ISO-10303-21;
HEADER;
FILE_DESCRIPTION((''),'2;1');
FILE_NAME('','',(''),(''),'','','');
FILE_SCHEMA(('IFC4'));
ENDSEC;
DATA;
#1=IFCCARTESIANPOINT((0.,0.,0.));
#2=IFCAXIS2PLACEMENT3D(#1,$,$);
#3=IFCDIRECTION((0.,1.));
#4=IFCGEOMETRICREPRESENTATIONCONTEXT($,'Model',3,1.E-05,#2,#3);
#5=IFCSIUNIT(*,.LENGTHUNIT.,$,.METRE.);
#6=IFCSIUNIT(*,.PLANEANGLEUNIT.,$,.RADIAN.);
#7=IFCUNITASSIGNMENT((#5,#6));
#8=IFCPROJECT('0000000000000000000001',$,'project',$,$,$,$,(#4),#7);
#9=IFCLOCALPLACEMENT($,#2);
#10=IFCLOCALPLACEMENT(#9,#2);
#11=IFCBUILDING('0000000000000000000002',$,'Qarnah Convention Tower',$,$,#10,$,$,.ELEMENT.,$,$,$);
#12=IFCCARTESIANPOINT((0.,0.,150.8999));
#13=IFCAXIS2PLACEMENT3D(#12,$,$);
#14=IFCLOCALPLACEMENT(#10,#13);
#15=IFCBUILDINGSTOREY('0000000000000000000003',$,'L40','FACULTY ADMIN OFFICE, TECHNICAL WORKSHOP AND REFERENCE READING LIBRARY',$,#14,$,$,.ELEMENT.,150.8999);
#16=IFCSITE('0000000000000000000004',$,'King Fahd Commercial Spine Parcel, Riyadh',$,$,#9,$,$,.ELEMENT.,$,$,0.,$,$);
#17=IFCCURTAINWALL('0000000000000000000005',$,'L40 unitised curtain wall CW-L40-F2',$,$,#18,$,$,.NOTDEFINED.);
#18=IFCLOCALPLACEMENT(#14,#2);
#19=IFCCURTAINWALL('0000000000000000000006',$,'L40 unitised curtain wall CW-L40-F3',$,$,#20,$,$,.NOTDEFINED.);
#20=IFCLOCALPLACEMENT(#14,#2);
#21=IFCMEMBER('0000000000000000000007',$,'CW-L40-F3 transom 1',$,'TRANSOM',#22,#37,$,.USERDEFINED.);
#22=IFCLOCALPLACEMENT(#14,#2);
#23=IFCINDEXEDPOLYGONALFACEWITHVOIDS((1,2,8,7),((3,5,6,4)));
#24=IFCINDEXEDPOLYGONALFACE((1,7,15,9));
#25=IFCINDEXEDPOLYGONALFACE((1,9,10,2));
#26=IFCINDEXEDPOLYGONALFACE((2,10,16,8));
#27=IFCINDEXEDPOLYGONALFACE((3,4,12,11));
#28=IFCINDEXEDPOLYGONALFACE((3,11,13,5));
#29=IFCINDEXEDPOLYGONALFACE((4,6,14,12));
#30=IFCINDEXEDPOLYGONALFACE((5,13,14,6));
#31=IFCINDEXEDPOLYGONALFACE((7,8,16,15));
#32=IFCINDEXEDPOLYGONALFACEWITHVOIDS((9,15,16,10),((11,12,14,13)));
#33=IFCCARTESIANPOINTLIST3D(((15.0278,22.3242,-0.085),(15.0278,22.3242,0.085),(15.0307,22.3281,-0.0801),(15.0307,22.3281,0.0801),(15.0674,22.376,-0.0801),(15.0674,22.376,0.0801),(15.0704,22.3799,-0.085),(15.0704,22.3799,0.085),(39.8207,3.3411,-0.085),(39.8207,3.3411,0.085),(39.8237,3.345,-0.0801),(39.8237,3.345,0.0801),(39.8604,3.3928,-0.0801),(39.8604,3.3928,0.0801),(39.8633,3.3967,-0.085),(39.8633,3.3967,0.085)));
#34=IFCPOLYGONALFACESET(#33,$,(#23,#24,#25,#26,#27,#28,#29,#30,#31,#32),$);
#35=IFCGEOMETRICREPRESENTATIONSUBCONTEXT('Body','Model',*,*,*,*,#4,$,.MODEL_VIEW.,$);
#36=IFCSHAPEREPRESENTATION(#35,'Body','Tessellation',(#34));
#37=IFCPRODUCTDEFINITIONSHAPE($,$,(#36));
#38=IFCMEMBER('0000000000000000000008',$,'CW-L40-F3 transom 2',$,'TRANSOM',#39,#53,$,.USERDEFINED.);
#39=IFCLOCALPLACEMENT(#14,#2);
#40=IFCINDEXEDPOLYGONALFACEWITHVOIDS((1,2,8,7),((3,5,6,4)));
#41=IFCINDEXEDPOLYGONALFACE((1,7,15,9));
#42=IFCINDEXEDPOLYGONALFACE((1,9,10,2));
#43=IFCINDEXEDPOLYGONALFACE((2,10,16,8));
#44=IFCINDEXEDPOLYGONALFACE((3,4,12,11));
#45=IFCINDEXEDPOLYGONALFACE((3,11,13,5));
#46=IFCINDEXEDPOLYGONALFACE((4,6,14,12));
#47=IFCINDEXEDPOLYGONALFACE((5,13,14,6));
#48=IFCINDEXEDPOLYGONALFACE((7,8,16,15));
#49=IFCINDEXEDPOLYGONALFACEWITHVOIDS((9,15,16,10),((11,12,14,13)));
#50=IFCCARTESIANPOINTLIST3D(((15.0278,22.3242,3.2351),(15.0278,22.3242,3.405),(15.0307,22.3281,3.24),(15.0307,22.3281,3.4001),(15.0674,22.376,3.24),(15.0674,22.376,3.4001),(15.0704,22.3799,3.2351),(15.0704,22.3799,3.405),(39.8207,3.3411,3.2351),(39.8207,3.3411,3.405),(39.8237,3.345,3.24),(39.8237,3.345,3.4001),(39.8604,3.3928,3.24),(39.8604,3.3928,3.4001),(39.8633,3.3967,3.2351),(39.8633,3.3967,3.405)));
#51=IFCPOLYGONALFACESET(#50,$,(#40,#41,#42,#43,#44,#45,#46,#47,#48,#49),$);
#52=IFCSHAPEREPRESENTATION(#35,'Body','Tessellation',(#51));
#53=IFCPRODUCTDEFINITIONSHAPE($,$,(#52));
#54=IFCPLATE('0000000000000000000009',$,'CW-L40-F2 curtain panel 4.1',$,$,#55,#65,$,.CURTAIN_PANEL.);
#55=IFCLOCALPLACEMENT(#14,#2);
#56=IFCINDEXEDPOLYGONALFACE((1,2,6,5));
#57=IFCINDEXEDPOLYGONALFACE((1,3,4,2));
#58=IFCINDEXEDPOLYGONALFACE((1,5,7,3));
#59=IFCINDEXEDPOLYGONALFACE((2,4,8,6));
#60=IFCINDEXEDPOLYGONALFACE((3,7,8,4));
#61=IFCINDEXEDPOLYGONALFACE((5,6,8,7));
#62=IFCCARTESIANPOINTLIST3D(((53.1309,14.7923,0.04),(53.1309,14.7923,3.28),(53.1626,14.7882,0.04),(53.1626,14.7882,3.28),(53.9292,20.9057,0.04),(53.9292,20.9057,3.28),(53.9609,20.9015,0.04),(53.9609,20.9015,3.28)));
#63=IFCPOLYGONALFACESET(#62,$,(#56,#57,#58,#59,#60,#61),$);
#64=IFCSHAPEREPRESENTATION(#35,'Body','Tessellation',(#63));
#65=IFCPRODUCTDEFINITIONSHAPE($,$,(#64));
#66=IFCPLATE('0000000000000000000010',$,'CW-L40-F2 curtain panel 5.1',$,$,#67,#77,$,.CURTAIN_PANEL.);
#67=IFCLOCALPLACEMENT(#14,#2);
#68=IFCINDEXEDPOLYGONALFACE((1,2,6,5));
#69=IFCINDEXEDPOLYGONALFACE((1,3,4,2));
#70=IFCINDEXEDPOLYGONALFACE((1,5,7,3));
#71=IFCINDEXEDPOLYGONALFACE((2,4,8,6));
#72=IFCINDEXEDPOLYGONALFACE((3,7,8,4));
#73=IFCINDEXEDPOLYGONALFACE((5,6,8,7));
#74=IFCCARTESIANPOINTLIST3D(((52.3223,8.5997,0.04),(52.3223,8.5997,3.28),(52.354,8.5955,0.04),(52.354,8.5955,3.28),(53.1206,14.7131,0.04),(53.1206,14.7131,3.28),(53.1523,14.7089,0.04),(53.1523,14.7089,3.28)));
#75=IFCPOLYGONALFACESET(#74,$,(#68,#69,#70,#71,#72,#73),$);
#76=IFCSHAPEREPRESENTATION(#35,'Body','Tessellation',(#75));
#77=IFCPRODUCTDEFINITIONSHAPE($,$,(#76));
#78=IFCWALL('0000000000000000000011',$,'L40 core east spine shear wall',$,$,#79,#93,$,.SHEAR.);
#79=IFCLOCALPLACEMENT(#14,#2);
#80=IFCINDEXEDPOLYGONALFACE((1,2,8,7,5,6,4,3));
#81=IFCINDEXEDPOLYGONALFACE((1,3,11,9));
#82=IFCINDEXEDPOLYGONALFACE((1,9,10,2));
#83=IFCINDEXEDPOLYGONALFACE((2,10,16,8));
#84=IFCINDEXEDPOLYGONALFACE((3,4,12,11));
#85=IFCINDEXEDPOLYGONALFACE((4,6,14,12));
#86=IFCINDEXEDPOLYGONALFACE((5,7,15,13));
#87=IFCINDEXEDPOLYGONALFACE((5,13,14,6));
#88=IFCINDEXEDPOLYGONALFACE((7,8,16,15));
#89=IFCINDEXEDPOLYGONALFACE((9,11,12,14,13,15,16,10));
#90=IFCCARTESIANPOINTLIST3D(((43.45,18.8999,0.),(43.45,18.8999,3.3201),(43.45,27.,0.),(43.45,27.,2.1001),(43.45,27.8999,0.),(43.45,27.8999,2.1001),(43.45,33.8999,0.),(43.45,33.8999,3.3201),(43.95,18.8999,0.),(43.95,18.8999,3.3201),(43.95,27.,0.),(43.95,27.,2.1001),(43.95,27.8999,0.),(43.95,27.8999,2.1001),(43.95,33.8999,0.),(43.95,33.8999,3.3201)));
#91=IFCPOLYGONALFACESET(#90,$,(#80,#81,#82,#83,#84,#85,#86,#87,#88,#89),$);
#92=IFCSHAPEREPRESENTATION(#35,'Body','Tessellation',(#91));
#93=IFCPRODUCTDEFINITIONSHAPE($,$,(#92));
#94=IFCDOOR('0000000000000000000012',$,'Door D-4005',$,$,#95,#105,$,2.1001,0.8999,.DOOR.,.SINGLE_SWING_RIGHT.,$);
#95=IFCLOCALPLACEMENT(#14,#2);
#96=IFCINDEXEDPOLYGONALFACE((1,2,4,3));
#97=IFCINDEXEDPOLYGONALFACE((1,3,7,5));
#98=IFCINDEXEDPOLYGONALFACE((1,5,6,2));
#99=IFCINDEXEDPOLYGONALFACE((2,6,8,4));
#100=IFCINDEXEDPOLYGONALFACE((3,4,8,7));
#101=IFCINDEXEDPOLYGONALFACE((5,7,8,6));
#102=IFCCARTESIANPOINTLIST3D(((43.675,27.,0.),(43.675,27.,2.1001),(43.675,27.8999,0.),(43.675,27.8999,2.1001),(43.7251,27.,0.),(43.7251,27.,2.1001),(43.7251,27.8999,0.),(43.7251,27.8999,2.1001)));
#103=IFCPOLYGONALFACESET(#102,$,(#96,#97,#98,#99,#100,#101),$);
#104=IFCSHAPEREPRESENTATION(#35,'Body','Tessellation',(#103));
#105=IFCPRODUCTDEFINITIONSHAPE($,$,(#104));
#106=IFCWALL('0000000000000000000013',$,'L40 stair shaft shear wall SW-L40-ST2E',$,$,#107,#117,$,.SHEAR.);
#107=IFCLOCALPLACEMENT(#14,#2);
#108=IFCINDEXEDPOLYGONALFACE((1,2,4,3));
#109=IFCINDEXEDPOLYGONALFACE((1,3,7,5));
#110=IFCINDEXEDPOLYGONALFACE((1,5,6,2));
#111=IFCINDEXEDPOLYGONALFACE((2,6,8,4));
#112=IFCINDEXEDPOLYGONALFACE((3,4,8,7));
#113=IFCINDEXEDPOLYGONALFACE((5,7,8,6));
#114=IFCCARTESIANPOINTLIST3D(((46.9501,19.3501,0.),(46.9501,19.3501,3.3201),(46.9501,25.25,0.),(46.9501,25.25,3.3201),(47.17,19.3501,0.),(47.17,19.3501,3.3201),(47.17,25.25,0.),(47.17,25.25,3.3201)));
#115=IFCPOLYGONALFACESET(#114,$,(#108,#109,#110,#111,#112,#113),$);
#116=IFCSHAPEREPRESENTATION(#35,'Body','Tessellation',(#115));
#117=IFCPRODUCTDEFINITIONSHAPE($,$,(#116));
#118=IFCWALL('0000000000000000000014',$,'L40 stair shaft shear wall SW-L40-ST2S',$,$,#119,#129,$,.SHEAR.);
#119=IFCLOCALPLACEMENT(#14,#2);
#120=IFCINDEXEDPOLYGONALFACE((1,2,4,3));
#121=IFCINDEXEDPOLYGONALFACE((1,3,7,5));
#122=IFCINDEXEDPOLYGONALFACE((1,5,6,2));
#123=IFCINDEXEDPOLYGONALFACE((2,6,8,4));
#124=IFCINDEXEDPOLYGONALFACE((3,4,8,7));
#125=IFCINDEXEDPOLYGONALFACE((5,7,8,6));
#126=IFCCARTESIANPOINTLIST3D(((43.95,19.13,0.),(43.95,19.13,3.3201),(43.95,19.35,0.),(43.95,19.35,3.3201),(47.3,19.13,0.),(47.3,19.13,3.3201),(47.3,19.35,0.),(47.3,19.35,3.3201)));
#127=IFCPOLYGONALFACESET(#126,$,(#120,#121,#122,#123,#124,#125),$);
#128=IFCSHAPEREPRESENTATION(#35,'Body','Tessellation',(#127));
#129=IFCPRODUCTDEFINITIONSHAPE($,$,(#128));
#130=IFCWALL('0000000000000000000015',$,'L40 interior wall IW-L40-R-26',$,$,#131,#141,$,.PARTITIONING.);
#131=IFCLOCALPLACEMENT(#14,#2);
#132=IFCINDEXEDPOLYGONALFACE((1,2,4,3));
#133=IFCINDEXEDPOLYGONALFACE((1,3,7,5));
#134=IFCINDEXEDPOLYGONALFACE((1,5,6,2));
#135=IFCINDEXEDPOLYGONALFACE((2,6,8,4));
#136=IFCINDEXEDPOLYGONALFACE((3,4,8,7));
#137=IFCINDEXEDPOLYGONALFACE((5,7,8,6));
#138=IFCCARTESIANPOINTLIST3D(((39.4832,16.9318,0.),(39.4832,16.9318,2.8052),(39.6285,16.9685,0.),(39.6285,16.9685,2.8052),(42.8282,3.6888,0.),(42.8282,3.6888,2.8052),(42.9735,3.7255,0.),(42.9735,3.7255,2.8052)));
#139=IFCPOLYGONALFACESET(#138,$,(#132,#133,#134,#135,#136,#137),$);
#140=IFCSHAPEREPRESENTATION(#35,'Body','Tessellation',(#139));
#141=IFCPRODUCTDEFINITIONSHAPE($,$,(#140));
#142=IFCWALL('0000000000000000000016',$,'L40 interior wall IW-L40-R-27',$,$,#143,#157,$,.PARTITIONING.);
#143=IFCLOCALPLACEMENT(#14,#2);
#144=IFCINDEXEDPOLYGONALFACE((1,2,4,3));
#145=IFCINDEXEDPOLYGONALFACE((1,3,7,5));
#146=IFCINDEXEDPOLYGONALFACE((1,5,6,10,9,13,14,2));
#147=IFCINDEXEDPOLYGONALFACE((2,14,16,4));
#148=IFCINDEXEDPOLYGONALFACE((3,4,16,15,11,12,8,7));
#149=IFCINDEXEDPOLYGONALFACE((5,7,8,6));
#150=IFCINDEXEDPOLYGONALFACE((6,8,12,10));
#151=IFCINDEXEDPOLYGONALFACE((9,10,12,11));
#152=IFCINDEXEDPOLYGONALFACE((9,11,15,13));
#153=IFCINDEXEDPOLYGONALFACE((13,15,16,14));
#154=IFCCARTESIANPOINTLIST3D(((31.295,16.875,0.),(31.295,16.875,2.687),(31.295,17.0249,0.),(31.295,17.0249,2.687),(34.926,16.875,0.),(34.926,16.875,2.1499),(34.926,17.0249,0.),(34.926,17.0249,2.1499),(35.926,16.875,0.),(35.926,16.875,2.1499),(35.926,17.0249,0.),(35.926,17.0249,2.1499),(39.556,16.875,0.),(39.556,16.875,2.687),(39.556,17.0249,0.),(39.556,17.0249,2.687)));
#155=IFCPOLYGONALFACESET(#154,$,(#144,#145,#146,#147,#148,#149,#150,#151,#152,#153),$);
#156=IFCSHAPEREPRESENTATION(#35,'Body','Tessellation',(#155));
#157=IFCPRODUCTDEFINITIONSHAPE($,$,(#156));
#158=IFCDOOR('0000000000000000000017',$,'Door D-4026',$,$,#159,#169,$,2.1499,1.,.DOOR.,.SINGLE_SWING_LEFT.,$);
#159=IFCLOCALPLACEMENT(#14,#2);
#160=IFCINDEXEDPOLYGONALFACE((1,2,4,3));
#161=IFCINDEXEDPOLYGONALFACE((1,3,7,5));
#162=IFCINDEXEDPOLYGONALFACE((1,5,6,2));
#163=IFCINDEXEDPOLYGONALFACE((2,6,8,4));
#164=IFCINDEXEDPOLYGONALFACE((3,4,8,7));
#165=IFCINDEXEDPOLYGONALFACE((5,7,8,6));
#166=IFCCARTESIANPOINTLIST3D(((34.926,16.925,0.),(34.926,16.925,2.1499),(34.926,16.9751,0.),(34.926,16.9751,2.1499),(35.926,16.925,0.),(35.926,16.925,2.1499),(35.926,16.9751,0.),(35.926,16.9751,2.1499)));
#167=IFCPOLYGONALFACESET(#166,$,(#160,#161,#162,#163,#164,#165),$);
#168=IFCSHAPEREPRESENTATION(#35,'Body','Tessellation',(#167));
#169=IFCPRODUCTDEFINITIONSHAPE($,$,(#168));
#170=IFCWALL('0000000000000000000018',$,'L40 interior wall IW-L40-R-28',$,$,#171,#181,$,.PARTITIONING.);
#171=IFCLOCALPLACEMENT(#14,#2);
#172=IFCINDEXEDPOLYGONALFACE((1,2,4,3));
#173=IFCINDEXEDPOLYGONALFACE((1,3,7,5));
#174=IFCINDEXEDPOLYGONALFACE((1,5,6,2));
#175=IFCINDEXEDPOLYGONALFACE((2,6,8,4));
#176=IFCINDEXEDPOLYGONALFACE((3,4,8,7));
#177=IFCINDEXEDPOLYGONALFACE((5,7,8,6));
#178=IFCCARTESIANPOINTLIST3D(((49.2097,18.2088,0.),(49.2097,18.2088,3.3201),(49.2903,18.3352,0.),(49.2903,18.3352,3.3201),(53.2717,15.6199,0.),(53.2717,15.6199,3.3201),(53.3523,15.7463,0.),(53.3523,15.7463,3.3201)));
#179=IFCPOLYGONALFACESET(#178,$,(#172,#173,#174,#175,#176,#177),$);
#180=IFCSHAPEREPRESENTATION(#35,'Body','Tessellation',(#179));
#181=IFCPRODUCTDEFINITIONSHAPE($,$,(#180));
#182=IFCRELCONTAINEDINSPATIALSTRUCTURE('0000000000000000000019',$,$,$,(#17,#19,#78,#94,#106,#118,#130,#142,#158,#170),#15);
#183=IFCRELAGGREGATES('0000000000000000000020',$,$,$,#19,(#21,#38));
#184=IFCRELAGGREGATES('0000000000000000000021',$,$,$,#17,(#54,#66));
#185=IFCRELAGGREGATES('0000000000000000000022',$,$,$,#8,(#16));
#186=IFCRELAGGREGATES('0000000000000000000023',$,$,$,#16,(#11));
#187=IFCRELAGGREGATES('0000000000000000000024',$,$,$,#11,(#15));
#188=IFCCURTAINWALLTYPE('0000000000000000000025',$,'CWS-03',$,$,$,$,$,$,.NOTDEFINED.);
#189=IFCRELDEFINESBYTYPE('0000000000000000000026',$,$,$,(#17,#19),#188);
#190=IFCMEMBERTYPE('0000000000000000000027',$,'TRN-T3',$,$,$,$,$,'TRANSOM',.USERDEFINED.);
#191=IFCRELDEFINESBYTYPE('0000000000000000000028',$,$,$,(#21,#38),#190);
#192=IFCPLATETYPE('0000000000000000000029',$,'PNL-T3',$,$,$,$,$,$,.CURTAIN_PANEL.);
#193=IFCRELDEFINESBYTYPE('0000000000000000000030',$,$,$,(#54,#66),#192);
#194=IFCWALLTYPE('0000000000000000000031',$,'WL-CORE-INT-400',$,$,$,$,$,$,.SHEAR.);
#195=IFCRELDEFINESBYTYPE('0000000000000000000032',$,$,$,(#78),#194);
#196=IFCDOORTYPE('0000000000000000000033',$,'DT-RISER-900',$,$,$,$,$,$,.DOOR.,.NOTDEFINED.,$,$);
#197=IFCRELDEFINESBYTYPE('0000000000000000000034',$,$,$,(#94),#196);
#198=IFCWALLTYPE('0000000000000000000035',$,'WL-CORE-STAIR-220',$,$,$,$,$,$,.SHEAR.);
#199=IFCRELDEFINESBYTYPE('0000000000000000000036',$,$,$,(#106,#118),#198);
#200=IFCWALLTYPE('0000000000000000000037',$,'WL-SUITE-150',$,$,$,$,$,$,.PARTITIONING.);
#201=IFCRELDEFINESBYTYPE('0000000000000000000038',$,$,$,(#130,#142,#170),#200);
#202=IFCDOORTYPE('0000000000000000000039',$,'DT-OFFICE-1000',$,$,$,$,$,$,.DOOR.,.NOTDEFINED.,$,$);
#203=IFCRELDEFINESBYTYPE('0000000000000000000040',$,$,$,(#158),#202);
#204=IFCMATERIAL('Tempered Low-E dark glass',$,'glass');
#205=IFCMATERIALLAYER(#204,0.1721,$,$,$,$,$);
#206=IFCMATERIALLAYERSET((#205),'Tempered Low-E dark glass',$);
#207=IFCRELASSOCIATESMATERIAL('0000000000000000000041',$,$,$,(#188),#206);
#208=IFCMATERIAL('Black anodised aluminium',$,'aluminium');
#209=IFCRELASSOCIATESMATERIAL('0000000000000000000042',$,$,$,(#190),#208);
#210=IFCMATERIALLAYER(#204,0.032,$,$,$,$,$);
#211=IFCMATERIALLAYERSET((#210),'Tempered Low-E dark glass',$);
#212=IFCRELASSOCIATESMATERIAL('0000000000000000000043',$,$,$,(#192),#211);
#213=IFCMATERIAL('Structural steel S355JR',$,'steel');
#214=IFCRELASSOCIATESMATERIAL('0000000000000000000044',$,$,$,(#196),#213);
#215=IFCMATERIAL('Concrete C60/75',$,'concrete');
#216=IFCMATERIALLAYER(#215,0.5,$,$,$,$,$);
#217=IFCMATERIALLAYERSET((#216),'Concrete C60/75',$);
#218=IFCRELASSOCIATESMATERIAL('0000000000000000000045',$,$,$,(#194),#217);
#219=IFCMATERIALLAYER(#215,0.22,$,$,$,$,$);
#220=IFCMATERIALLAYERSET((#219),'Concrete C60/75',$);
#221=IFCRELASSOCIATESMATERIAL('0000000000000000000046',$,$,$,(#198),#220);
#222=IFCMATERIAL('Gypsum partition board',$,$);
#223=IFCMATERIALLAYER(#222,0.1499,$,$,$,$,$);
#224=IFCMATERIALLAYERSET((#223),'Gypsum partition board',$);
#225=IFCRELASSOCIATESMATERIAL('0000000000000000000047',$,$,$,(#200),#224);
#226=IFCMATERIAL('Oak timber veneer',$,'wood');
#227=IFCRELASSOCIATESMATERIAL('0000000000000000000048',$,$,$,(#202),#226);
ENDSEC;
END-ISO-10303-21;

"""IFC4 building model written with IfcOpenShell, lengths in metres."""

from ifc_helpers import new_model, si_unit, direction, frame, frame_2d, origin, origin_2d, place, context, subcontext, project, spatial, rectangle, hollow_rectangle, extrude, material, layer, layer_set, material_profile, profile_set, type_object, element, fill, aggregate, save


model = new_model("IFC4")

# Units and contexts
model_context = context("Model", 3, precision=1e-05, world=origin(), true_north=direction((0.0, 1.0)))
body_context = subcontext(model_context, "Body", "Model", "MODEL_VIEW")
ifc_project = project(units=[si_unit("LENGTHUNIT", "METRE"), si_unit("PLANEANGLEUNIT", "RADIAN")], contexts=[model_context])

# Site, building, storey
site_placement = place(None, origin())
site = spatial("IfcSite", under=ifc_project, at=site_placement, Name="King Fahd Commercial Spine Parcel, Riyadh", CompositionType="ELEMENT", RefElevation=0.0)
building_placement = place(site_placement, origin())
building = spatial("IfcBuilding", under=site, at=building_placement, Name="Qarnah Convention Tower", CompositionType="ELEMENT")
storey_placement = place(building_placement, frame((0.0, 0.0, 150.8999)))
storey = spatial("IfcBuildingStorey", under=building, at=storey_placement, Name="L40", Description="FACULTY ADMIN OFFICE, TECHNICAL WORKSHOP AND REFERENCE READING LIBRARY", CompositionType="ELEMENT", Elevation=150.8999)

# Shared definitions
ifc_material_1 = material(Name="Concrete C60/75", Category="concrete")

# Shared definitions
ifc_material_2 = material(Name="Structural steel S355JR", Category="steel")

# Curtain walls, members
ifc_material_3 = material(Name="Tempered Low-E dark glass", Category="glass")
ifc_layer_1 = layer(ifc_material_3, 0.1721)
ifc_layer_set_1 = layer_set([ifc_layer_1], Name="Tempered Low-E dark glass")
curtain_wall_type = type_object("IfcCurtainWallType", Name="CWS-03", PredefinedType="NOTDEFINED", material=ifc_layer_set_1)
curtain_wall_1_placement = place(storey_placement, origin())
curtain_wall_1 = element("IfcCurtainWall", 1, at=curtain_wall_1_placement, inside=storey, type_object=curtain_wall_type, Name="L40 unitised curtain wall CW-L40-F2", PredefinedType="NOTDEFINED")
ifc_material_4 = material(Name="Black anodised aluminium", Category="aluminium")
curtain_wall_2_placement = place(storey_placement, origin())
curtain_wall_2 = element("IfcCurtainWall", 2, at=curtain_wall_2_placement, inside=storey, type_object=curtain_wall_type, Name="L40 unitised curtain wall CW-L40-F3", PredefinedType="NOTDEFINED")
ifc_material_profile_1 = material_profile(ifc_material_4, hollow_rectangle(XDim=0.0701, YDim=0.1699, WallThickness=0.0049, at=origin_2d()), Name="TRN-70X170")
ifc_profile_set_1 = profile_set([ifc_material_profile_1], Name="Black anodised aluminium")
member_type_1 = type_object("IfcMemberType", Name="TRN-T3", ElementType="TRANSOM", PredefinedType="USERDEFINED", material=ifc_profile_set_1)
member_1_placement = place(storey_placement, frame((39.842, 3.3689, 0.0), z_axis=(-0.79399, 0.607931, 0.0), x_axis=(-0.607931, -0.79399, 0.0)))
member_1 = element("IfcMember", 3, at=member_1_placement, type_object=member_type_1, Name="CW-L40-F3 transom 1", ObjectType="TRANSOM", PredefinedType="USERDEFINED", context=body_context, shape_type="SweptSolid", body=[
    extrude(hollow_rectangle(XDim=0.0701, YDim=0.1699, WallThickness=0.0049, at=origin_2d()), origin(), (0.0, 0.0, 1.0), 31.2258),
])
member_2_placement = place(storey_placement, frame((39.842, 3.3689, 3.3201), z_axis=(-0.79399, 0.607931, 0.0), x_axis=(-0.607931, -0.79399, 0.0)))
member_2 = element("IfcMember", 4, at=member_2_placement, type_object=member_type_1, Name="CW-L40-F3 transom 2", ObjectType="TRANSOM", PredefinedType="USERDEFINED", context=body_context, shape_type="SweptSolid", body=[
    extrude(hollow_rectangle(XDim=0.0701, YDim=0.1699, WallThickness=0.0049, at=origin_2d()), origin(), (0.0, 0.0, 1.0), 31.2258),
])
aggregate(curtain_wall_2, [member_1, member_2])

# Plates
ifc_layer_2 = layer(ifc_material_3, 0.032)
ifc_layer_set_2 = layer_set([ifc_layer_2], Name="Tempered Low-E dark glass")
plate_type = type_object("IfcPlateType", Name="PNL-T3", PredefinedType="CURTAIN_PANEL", material=ifc_layer_set_2)
plate_1_placement = place(storey_placement, frame((53.5459, 17.8469, 0.04), z_axis=(0.0, 0.0, 1.0), x_axis=(-0.129476, -0.991583, 0.0)))
plate_1 = element("IfcPlate", 5, at=plate_1_placement, type_object=plate_type, Name="CW-L40-F2 curtain panel 4.1", PredefinedType="CURTAIN_PANEL", context=body_context, shape_type="SweptSolid", body=[
    extrude(rectangle(XDim=6.1653, YDim=0.032, at=origin_2d()), origin(), (0.0, 0.0, 1.0), 3.24),
])
plate_2_placement = place(storey_placement, frame((52.7373, 11.6543, 0.04), z_axis=(0.0, 0.0, 1.0), x_axis=(-0.129476, -0.991583, 0.0)))
plate_2 = element("IfcPlate", 6, at=plate_2_placement, type_object=plate_type, Name="CW-L40-F2 curtain panel 5.1", PredefinedType="CURTAIN_PANEL", context=body_context, shape_type="SweptSolid", body=[
    extrude(rectangle(XDim=6.1653, YDim=0.032, at=origin_2d()), origin(), (0.0, 0.0, 1.0), 3.24),
])
aggregate(curtain_wall_1, [plate_1, plate_2])

# Shared definitions
door_type_1 = type_object("IfcDoorType", Name="DT-RISER-900", OperationType="NOTDEFINED", PredefinedType="DOOR", material=ifc_material_2)

# Wall, opening, door
ifc_layer_3 = layer(ifc_material_1, 0.5)
ifc_layer_set_3 = layer_set([ifc_layer_3], Name="Concrete C60/75")
wall_type_1 = type_object("IfcWallType", Name="WL-CORE-INT-400", PredefinedType="SHEAR", material=ifc_layer_set_3)
wall_1_placement = place(storey_placement, frame((43.7, 18.8999, 0.0), z_axis=(0.0, 0.0, 1.0), x_axis=(0.0, 1.0, 0.0)))
wall_1 = element("IfcWall", 7, at=wall_1_placement, inside=storey, type_object=wall_type_1, Name="L40 core east spine shear wall", PredefinedType="SHEAR", context=body_context, shape_type="SweptSolid", body=[
    extrude(rectangle(XDim=15.0, YDim=0.5, at=frame_2d((7.5, 0.0))), origin(), (0.0, 0.0, 1.0), 3.3201),
])
opening_1_placement = place(wall_1_placement, frame((8.1001, 0.0, 0.0)))
opening_1 = element("IfcOpeningElement", 8, at=opening_1_placement, cuts=wall_1, PredefinedType="OPENING", context=body_context, shape_type="SweptSolid", body=[
    extrude(rectangle(XDim=0.8999, YDim=2.1001, at=frame_2d((0.45, 1.05))), frame((0.0, 0.26, 0.0), z_axis=(0.0, -1.0, 0.0), x_axis=(1.0, 0.0, 0.0)), (0.0, 0.0, 1.0), 0.52),
])
door_1_placement = place(opening_1_placement, origin())
door_1 = element("IfcDoor", 9, at=door_1_placement, inside=storey, type_object=door_type_1, Name="Door D-4005", OperationType="SINGLE_SWING_RIGHT", OverallHeight=2.1001, OverallWidth=0.8999, PredefinedType="DOOR", context=body_context, shape_type="SweptSolid", body=[
    extrude(rectangle(XDim=0.8999, YDim=2.1001, at=frame_2d((0.45, 1.05))), frame((0.0, 0.0249, 0.0), z_axis=(0.0, -1.0, 0.0), x_axis=(1.0, 0.0, 0.0)), (0.0, 0.0, 1.0), 0.05),
])
fill(opening_1, door_1)

# Walls
ifc_layer_4 = layer(ifc_material_1, 0.22)
ifc_layer_set_4 = layer_set([ifc_layer_4], Name="Concrete C60/75")
wall_type_2 = type_object("IfcWallType", Name="WL-CORE-STAIR-220", PredefinedType="SHEAR", material=ifc_layer_set_4)
wall_2_placement = place(storey_placement, frame((47.0601, 19.3501, 0.0), z_axis=(0.0, 0.0, 1.0), x_axis=(0.0, 1.0, 0.0)))
element("IfcWall", 10, at=wall_2_placement, inside=storey, type_object=wall_type_2, Name="L40 stair shaft shear wall SW-L40-ST2E", PredefinedType="SHEAR", context=body_context, shape_type="SweptSolid", body=[
    extrude(rectangle(XDim=5.8999, YDim=0.22, at=frame_2d((2.95, 0.0))), origin(), (0.0, 0.0, 1.0), 3.3201),
])
wall_3_placement = place(storey_placement, frame((43.95, 19.24, 0.0), z_axis=(0.0, 0.0, 1.0), x_axis=(1.0, 0.0, 0.0)))
element("IfcWall", 11, at=wall_3_placement, inside=storey, type_object=wall_type_2, Name="L40 stair shaft shear wall SW-L40-ST2S", PredefinedType="SHEAR", context=body_context, shape_type="SweptSolid", body=[
    extrude(rectangle(XDim=3.3501, YDim=0.22, at=frame_2d((1.675, 0.0))), origin(), (0.0, 0.0, 1.0), 3.3201),
])

# Wall
ifc_material_5 = material(Name="Gypsum partition board")
ifc_layer_5 = layer(ifc_material_5, 0.1499)
ifc_layer_set_5 = layer_set([ifc_layer_5], Name="Gypsum partition board")
wall_type_3 = type_object("IfcWallType", Name="WL-SUITE-150", PredefinedType="PARTITIONING", material=ifc_layer_set_5)
wall_4_placement = place(storey_placement, frame((42.9009, 3.707, 0.0), z_axis=(0.0, 0.0, 1.0), x_axis=(-0.244894, 0.96955, 0.0)))
element("IfcWall", 12, at=wall_4_placement, inside=storey, type_object=wall_type_3, Name="L40 interior wall IW-L40-R-26", PredefinedType="PARTITIONING", context=body_context, shape_type="SweptSolid", body=[
    extrude(rectangle(XDim=13.6589, YDim=0.1499, at=frame_2d((6.8296, 0.0))), origin(), (0.0, 0.0, 1.0), 2.8052),
])

# Wall, opening, door
wall_5_placement = place(storey_placement, frame((39.5559, 16.95, 0.0), z_axis=(0.0, 0.0, 1.0), x_axis=(-1.0, 0.0, 0.0)))
wall_5 = element("IfcWall", 13, at=wall_5_placement, inside=storey, type_object=wall_type_3, Name="L40 interior wall IW-L40-R-27", PredefinedType="PARTITIONING", context=body_context, shape_type="SweptSolid", body=[
    extrude(rectangle(XDim=8.261, YDim=0.1499, at=frame_2d((4.1304, 0.0))), origin(), (0.0, 0.0, 1.0), 2.687),
])
opening_2_placement = place(wall_5_placement, frame((3.6299, 0.0, 0.0)))
opening_2 = element("IfcOpeningElement", 14, at=opening_2_placement, cuts=wall_5, PredefinedType="OPENING", context=body_context, shape_type="SweptSolid", body=[
    extrude(rectangle(XDim=1.0, YDim=2.1499, at=frame_2d((0.5, 1.075))), frame((0.0, 0.085, 0.0), z_axis=(0.0, -1.0, 0.0), x_axis=(1.0, 0.0, 0.0)), (0.0, 0.0, 1.0), 0.1699),
])
ifc_material_6 = material(Name="Oak timber veneer", Category="wood")
door_type_2 = type_object("IfcDoorType", Name="DT-OFFICE-1000", OperationType="NOTDEFINED", PredefinedType="DOOR", material=ifc_material_6)
door_2_placement = place(opening_2_placement, origin())
door_2 = element("IfcDoor", 15, at=door_2_placement, inside=storey, type_object=door_type_2, Name="Door D-4026", OperationType="SINGLE_SWING_LEFT", OverallHeight=2.1499, OverallWidth=1.0, PredefinedType="DOOR", context=body_context, shape_type="SweptSolid", body=[
    extrude(rectangle(XDim=1.0, YDim=2.1499, at=frame_2d((0.5, 1.075))), frame((0.0, 0.0249, 0.0), z_axis=(0.0, -1.0, 0.0), x_axis=(1.0, 0.0, 0.0)), (0.0, 0.0, 1.0), 0.05),
])
fill(opening_2, door_2)

# Wall
wall_6_placement = place(storey_placement, frame((53.312, 15.6831, 0.0), z_axis=(0.0, 0.0, 1.0), x_axis=(-0.84329, 0.537459, 0.0)))
element("IfcWall", 16, at=wall_6_placement, inside=storey, type_object=wall_type_3, Name="L40 interior wall IW-L40-R-28", PredefinedType="PARTITIONING", context=body_context, shape_type="SweptSolid", body=[
    extrude(rectangle(XDim=4.8169, YDim=0.1499, at=frame_2d((2.4084, 0.0))), origin(), (0.0, 0.0, 1.0), 3.3201),
])

save(model, "model.ifc")
